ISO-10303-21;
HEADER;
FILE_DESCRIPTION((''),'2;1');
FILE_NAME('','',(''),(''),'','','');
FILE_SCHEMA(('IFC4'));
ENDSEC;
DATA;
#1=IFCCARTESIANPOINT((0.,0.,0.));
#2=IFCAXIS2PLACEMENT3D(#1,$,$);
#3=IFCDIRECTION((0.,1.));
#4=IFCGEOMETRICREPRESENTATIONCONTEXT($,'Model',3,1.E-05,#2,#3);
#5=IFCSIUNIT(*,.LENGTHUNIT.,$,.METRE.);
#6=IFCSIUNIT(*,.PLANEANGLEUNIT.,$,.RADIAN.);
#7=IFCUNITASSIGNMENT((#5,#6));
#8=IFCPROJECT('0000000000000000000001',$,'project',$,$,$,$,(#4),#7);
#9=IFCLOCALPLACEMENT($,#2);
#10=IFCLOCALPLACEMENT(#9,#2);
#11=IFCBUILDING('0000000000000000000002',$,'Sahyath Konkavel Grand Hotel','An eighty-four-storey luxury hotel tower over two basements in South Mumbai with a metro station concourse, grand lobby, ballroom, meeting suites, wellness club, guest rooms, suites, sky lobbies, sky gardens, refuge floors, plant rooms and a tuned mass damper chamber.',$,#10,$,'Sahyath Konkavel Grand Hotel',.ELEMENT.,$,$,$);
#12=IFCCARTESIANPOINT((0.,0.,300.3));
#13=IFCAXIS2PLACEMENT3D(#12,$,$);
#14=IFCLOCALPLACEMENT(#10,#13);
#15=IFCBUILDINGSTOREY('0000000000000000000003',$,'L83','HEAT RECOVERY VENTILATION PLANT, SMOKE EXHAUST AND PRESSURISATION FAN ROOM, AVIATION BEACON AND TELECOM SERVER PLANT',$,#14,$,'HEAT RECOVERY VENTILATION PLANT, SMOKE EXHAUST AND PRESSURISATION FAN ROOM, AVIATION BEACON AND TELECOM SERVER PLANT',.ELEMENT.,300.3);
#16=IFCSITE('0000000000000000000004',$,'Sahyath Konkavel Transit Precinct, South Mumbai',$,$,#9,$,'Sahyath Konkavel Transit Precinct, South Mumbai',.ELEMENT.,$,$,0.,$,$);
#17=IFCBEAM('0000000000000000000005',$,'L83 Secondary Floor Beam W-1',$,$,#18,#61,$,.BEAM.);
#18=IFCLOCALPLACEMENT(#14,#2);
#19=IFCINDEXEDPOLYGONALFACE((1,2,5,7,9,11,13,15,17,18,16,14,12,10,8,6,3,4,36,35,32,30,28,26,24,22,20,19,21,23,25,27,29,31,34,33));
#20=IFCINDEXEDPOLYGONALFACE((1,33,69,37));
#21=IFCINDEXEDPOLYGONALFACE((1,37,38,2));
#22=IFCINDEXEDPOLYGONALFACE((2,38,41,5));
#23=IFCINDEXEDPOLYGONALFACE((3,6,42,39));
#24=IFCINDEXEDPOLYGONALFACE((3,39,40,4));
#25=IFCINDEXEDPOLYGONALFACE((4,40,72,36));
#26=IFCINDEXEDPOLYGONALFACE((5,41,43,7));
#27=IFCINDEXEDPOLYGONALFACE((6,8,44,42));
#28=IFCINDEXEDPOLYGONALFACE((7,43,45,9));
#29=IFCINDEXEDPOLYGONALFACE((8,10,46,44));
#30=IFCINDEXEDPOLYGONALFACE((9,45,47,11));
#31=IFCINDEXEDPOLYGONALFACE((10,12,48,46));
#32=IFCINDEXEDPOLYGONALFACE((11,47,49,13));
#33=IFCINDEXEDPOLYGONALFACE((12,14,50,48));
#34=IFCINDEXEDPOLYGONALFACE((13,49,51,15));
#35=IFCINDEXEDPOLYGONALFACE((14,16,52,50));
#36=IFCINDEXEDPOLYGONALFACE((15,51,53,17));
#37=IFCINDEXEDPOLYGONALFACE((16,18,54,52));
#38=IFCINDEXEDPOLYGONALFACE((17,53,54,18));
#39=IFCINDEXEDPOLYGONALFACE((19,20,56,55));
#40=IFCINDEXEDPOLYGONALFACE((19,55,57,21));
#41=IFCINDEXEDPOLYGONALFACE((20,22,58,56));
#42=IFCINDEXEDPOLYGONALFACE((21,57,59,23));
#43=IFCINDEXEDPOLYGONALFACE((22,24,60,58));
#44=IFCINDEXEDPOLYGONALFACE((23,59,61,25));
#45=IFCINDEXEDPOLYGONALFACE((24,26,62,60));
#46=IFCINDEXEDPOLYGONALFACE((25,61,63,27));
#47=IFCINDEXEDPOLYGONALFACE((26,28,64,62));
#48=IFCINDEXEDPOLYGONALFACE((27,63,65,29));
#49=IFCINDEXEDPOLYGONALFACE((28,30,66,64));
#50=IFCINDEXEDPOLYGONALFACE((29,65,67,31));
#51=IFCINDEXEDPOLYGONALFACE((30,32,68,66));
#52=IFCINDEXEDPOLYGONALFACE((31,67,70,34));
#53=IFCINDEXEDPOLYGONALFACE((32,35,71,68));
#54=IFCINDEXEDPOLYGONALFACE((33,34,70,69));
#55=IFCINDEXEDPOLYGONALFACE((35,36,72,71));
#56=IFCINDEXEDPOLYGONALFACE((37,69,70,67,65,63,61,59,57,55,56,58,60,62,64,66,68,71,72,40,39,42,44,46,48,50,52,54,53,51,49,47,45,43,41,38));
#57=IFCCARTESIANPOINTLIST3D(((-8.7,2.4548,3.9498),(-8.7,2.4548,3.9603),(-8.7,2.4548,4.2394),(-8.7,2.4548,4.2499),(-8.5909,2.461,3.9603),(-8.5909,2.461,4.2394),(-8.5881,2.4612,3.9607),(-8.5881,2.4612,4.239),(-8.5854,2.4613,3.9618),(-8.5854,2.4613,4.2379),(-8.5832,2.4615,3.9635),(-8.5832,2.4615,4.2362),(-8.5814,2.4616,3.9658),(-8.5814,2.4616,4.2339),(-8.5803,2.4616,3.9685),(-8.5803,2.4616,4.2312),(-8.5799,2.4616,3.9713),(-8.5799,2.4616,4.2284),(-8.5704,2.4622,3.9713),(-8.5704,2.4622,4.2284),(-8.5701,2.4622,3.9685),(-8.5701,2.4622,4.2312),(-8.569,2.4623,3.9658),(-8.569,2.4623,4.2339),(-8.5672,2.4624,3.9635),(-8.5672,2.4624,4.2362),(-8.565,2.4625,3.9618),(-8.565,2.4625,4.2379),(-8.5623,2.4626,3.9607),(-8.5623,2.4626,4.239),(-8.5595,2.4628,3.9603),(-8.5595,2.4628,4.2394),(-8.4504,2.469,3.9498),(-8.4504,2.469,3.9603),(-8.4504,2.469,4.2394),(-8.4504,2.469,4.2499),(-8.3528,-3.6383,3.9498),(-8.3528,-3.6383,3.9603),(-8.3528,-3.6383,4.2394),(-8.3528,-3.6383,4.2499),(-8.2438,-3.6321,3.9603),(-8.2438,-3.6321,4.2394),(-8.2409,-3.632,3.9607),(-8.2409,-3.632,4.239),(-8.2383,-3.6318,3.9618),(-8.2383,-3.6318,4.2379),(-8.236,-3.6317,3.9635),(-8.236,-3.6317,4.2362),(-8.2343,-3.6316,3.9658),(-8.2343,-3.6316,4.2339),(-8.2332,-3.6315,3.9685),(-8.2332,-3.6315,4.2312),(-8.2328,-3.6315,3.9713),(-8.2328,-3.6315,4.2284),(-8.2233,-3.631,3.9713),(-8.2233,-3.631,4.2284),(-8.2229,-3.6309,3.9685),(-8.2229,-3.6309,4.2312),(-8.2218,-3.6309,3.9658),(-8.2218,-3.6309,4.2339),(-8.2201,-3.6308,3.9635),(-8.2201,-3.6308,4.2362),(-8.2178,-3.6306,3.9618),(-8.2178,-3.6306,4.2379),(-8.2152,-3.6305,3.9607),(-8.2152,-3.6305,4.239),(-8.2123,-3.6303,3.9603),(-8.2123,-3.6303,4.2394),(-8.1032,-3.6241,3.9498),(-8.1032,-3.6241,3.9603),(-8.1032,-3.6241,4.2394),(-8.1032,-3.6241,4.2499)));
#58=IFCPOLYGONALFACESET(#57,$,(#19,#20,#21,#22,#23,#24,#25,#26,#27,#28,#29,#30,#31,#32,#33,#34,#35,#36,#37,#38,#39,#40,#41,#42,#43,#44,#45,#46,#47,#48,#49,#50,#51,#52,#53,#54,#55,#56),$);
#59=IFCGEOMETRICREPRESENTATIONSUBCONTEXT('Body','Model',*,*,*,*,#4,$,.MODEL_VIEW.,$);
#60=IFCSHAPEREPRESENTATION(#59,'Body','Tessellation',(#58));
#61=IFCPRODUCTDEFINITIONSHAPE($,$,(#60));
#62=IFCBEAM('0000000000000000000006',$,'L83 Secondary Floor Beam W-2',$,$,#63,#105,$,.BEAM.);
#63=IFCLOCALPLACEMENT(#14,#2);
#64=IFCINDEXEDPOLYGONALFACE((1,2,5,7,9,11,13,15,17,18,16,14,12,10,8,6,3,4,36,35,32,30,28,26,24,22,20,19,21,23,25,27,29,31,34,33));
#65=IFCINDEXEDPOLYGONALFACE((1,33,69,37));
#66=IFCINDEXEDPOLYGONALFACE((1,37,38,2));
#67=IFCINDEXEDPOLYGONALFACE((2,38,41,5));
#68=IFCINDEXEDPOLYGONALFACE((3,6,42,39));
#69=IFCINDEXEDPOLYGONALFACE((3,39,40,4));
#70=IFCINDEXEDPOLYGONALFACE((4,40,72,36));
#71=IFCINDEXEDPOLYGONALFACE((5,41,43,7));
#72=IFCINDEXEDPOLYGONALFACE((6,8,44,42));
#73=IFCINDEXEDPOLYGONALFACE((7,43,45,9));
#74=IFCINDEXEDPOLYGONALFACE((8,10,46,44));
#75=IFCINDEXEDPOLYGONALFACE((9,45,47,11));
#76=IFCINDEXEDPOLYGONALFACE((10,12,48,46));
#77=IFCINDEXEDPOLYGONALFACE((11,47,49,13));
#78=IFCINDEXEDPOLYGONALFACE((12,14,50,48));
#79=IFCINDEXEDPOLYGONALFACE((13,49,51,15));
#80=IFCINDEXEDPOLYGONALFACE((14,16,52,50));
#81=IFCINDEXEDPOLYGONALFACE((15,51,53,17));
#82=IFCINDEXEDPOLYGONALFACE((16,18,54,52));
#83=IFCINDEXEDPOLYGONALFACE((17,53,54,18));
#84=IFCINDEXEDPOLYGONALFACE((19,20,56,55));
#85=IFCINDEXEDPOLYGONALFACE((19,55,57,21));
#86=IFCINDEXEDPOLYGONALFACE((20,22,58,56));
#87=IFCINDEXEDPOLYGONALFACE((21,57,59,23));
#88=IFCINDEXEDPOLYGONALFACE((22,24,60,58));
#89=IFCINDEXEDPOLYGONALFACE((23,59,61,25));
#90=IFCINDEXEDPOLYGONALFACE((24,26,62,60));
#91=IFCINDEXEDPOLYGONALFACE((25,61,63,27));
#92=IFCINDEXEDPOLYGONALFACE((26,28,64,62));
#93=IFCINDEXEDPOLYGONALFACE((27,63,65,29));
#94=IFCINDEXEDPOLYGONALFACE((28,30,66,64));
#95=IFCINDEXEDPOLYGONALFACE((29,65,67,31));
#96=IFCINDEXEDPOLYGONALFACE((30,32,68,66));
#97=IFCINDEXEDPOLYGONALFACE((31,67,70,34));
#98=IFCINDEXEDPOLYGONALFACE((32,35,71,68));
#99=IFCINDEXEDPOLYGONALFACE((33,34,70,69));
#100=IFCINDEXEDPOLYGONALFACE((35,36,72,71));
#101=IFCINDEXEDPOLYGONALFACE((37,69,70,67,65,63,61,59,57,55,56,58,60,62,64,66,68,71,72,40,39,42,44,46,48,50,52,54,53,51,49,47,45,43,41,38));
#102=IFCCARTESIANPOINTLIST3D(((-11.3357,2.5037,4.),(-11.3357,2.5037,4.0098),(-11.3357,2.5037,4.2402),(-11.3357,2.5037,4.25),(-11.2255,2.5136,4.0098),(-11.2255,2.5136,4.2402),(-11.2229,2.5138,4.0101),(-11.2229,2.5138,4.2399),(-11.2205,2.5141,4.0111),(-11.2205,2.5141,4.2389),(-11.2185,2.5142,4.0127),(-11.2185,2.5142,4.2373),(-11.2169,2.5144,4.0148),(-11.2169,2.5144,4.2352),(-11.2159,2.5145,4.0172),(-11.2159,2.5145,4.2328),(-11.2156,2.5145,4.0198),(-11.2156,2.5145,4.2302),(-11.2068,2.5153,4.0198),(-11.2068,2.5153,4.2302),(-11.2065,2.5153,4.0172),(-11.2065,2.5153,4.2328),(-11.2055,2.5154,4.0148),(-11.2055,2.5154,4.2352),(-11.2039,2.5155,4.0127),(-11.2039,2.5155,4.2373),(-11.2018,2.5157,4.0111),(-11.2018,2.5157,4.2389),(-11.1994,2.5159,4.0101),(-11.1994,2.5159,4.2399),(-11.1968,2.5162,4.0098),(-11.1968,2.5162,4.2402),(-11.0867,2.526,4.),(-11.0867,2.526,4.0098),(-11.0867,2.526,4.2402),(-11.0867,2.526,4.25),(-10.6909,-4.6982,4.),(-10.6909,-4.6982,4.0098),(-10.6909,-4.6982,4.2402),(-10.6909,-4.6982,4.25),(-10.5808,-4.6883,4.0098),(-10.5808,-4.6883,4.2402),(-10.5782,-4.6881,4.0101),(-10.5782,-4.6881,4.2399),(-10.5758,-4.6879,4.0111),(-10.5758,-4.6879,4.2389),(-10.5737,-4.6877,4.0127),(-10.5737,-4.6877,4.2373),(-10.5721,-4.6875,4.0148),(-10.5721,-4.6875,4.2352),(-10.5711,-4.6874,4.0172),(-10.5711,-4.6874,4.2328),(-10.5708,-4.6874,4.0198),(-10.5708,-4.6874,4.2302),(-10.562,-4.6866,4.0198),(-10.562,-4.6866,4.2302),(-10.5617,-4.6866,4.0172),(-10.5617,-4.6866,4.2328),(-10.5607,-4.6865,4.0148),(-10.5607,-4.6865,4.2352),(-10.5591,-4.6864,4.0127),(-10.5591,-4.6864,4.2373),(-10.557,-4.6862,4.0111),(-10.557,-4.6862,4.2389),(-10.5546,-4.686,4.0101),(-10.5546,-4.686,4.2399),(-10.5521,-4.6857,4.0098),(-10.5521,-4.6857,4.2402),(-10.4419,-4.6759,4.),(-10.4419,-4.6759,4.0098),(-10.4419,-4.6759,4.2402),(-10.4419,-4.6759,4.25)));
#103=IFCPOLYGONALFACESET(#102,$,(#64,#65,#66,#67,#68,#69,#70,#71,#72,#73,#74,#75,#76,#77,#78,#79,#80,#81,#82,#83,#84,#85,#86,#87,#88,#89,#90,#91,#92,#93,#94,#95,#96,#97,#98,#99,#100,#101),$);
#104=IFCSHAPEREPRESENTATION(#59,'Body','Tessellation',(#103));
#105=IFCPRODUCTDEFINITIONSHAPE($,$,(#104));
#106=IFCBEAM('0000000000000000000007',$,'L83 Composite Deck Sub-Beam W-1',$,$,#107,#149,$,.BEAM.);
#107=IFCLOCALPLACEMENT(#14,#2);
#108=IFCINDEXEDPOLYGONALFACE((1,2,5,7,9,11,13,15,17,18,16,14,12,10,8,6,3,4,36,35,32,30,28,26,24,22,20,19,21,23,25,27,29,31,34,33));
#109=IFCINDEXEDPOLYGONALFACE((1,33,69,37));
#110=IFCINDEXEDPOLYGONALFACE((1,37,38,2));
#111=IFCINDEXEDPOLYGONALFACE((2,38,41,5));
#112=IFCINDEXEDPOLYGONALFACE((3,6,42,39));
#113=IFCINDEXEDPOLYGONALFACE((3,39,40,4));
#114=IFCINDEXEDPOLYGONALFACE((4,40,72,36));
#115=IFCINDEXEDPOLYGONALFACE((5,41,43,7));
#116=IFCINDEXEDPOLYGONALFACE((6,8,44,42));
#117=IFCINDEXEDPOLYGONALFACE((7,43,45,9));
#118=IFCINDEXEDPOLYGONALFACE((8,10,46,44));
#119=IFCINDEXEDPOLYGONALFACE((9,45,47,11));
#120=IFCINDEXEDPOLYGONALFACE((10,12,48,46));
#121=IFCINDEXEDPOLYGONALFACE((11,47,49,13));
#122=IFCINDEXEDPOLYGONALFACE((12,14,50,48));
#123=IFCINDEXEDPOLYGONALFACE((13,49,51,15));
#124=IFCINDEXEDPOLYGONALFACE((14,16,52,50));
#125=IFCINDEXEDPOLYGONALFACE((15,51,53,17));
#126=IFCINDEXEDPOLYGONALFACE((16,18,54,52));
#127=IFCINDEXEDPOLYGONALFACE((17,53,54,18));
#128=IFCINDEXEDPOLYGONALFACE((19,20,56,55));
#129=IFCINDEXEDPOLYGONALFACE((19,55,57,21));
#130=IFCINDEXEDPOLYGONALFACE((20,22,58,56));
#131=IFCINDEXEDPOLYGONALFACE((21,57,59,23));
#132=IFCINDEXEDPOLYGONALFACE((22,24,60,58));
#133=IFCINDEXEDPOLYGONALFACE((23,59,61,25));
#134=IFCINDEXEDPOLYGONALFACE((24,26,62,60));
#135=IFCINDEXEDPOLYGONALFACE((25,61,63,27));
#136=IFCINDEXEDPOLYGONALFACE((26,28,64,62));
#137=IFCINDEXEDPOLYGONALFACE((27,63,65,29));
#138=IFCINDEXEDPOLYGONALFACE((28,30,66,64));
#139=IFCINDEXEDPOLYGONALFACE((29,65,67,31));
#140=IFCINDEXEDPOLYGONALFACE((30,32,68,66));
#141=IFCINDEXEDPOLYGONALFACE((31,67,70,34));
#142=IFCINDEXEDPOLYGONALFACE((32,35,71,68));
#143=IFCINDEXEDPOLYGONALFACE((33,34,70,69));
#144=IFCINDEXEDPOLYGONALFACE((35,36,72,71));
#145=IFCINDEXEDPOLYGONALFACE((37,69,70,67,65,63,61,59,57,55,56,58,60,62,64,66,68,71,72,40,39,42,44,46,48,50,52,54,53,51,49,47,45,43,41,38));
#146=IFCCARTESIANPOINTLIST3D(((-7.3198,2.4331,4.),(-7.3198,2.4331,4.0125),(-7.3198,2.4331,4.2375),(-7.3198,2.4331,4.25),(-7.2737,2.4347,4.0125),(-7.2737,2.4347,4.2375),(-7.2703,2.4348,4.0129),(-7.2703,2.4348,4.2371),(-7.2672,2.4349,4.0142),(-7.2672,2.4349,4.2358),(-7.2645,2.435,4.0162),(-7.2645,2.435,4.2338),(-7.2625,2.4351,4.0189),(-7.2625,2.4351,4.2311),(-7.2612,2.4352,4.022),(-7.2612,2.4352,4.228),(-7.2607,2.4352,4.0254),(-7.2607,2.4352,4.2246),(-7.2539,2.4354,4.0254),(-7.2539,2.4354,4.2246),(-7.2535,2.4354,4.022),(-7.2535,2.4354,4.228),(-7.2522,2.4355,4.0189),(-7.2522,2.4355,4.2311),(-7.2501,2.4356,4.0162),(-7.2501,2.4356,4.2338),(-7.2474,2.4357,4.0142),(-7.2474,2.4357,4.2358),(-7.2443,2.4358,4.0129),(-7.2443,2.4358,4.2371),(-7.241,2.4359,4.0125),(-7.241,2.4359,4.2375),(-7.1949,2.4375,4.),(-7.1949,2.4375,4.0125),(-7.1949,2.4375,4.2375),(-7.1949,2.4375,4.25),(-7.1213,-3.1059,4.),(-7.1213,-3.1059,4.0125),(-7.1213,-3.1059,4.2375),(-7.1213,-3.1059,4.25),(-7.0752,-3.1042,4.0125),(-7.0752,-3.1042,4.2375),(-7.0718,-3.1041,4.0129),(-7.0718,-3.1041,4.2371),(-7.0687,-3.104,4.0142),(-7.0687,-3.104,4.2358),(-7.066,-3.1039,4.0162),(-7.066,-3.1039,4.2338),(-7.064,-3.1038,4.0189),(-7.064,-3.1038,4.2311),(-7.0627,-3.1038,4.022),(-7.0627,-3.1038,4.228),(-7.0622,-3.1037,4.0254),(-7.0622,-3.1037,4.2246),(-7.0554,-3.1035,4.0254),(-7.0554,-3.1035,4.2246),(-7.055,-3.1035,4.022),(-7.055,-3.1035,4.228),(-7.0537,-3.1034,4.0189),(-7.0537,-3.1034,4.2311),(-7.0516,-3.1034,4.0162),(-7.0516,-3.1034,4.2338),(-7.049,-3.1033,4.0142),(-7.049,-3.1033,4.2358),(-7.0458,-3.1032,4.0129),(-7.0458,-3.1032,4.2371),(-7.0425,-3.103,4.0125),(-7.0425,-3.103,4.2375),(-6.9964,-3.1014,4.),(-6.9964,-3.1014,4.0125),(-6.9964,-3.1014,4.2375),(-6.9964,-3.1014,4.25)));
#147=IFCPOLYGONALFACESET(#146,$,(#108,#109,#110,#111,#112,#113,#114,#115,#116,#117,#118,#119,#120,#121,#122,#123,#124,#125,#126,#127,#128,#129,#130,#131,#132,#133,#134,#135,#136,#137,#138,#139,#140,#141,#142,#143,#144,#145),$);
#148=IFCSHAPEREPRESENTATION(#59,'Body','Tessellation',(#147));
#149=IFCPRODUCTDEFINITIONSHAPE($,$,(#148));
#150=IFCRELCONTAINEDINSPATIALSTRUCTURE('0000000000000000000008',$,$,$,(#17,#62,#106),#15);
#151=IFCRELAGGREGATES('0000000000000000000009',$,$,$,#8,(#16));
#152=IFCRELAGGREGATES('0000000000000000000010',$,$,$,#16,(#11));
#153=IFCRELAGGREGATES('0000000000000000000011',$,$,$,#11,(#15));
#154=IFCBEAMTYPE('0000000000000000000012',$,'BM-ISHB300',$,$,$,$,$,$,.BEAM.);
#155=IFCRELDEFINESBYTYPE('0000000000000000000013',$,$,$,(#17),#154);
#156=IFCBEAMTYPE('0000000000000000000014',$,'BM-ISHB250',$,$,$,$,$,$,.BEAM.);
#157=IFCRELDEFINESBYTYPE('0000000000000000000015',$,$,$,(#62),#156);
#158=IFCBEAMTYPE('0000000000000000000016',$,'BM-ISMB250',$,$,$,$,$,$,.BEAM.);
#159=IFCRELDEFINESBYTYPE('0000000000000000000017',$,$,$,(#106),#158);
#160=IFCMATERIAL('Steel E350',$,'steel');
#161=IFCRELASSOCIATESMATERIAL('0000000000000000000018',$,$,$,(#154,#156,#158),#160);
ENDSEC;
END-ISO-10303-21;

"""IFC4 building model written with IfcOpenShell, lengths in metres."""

from ifc_helpers import new_model, si_unit, direction, frame, origin, origin_2d, place, context, subcontext, project, spatial, i_section, extrude, source, transform, mapped, material, material_profile, profile_set, type_object, element, save


model = new_model("IFC4")

# Units and contexts
model_context = context("Model", 3, precision=1e-05, world=origin(), true_north=direction((0.0, 1.0)))
body_context = subcontext(model_context, "Body", "Model", "MODEL_VIEW")
ifc_project = project(units=[si_unit("LENGTHUNIT", "METRE"), si_unit("PLANEANGLEUNIT", "RADIAN")], contexts=[model_context])

# Site, building, storey
site_placement = place(None, origin())
site = spatial("IfcSite", under=ifc_project, at=site_placement, Name="Sahyath Konkavel Transit Precinct, South Mumbai", LongName="Sahyath Konkavel Transit Precinct, South Mumbai", CompositionType="ELEMENT", RefElevation=0.0)
building_placement = place(site_placement, origin())
building = spatial("IfcBuilding", under=site, at=building_placement, Name="Sahyath Konkavel Grand Hotel", Description="An eighty-four-storey luxury hotel tower over two basements in South Mumbai with a metro station concourse, grand lobby, ballroom, meeting suites, wellness club, guest rooms, suites, sky lobbies, sky gardens, refuge floors, plant rooms and a tuned mass damper chamber.", LongName="Sahyath Konkavel Grand Hotel", CompositionType="ELEMENT")
storey_placement = place(building_placement, frame((0.0, 0.0, 300.3)))
storey = spatial("IfcBuildingStorey", under=building, at=storey_placement, Name="L83", Description="HEAT RECOVERY VENTILATION PLANT, SMOKE EXHAUST AND PRESSURISATION FAN ROOM, AVIATION BEACON AND TELECOM SERVER PLANT", LongName="HEAT RECOVERY VENTILATION PLANT, SMOKE EXHAUST AND PRESSURISATION FAN ROOM, AVIATION BEACON AND TELECOM SERVER PLANT", CompositionType="ELEMENT", Elevation=300.3)

# Beams
ifc_material_1 = material(Name="Steel E350", Category="steel")
ifc_material_profile_1 = material_profile(ifc_material_1, i_section(OverallWidth=0.25, OverallDepth=0.3, WebThickness=0.0095, FlangeThickness=0.0105, FilletRadius=0.011, at=origin_2d()), Name="ISHB 300")
ifc_profile_set_1 = profile_set([ifc_material_profile_1], Name="Steel E350")
beam_type_1 = type_object("IfcBeamType", Name="BM-ISHB300", PredefinedType="BEAM", material=ifc_profile_set_1)
shared_shape_1 = source(origin(), body_context, "Body", "SweptSolid", [
    extrude(i_section(OverallWidth=0.25, OverallDepth=0.3, WebThickness=0.0095, FlangeThickness=0.0105, FilletRadius=0.011, at=origin_2d()), origin(), (0.0, 0.0, 1.0), 6.103),
])
beam_1_placement = place(storey_placement, frame((-8.5752, 2.4619, 4.0999), z_axis=(0.056883, -0.998381, 0.0), x_axis=(0.998381, 0.056883, 0.0)))
element("IfcBeam", 1, at=beam_1_placement, inside=storey, type_object=beam_type_1, Name="L83 Secondary Floor Beam W-1", PredefinedType="BEAM", context=body_context, shape_type="MappedRepresentation", body=[
    mapped(shared_shape_1, transform((0.0, 0.0, 0.0), scale=1.0)),
])
ifc_material_profile_2 = material_profile(ifc_material_1, i_section(OverallWidth=0.25, OverallDepth=0.25, WebThickness=0.0088, FlangeThickness=0.0098, FilletRadius=0.01, at=origin_2d()), Name="ISHB 250")
ifc_profile_set_2 = profile_set([ifc_material_profile_2], Name="Steel E350")
beam_type_2 = type_object("IfcBeamType", Name="BM-ISHB250", PredefinedType="BEAM", material=ifc_profile_set_2)
shared_shape_2 = source(origin(), body_context, "Body", "SweptSolid", [
    extrude(i_section(OverallWidth=0.25, OverallDepth=0.25, WebThickness=0.0088, FlangeThickness=0.0098, FilletRadius=0.01, at=origin_2d()), origin(), (0.0, 0.0, 1.0), 7.2307),
])
beam_2_placement = place(storey_placement, frame((-11.2112, 2.5149, 4.125), z_axis=(0.089172, -0.996016, 0.0), x_axis=(0.996016, 0.089172, 0.0)))
element("IfcBeam", 2, at=beam_2_placement, inside=storey, type_object=beam_type_2, Name="L83 Secondary Floor Beam W-2", PredefinedType="BEAM", context=body_context, shape_type="MappedRepresentation", body=[
    mapped(shared_shape_2, transform((0.0, 0.0, 0.0), scale=1.0)),
])
ifc_material_profile_3 = material_profile(ifc_material_1, i_section(OverallWidth=0.125, OverallDepth=0.25, WebThickness=0.0068, FlangeThickness=0.0125, FilletRadius=0.0129, at=origin_2d()), Name="ISMB 250")
ifc_profile_set_3 = profile_set([ifc_material_profile_3], Name="Steel E350")
beam_type_3 = type_object("IfcBeamType", Name="BM-ISMB250", PredefinedType="BEAM", material=ifc_profile_set_3)
shared_shape_3 = source(origin(), body_context, "Body", "SweptSolid", [
    extrude(i_section(OverallWidth=0.125, OverallDepth=0.25, WebThickness=0.0068, FlangeThickness=0.0125, FilletRadius=0.0129, at=origin_2d()), origin(), (0.0, 0.0, 1.0), 5.5425),
])
beam_3_placement = place(storey_placement, frame((-7.2573, 2.4353, 4.125), z_axis=(0.035813, -0.999359, 0.0), x_axis=(0.999359, 0.035813, 0.0)))
element("IfcBeam", 3, at=beam_3_placement, inside=storey, type_object=beam_type_3, Name="L83 Composite Deck Sub-Beam W-1", PredefinedType="BEAM", context=body_context, shape_type="MappedRepresentation", body=[
    mapped(shared_shape_3, transform((0.0, 0.0, 0.0), scale=1.0)),
])

save(model, "model.ifc")
